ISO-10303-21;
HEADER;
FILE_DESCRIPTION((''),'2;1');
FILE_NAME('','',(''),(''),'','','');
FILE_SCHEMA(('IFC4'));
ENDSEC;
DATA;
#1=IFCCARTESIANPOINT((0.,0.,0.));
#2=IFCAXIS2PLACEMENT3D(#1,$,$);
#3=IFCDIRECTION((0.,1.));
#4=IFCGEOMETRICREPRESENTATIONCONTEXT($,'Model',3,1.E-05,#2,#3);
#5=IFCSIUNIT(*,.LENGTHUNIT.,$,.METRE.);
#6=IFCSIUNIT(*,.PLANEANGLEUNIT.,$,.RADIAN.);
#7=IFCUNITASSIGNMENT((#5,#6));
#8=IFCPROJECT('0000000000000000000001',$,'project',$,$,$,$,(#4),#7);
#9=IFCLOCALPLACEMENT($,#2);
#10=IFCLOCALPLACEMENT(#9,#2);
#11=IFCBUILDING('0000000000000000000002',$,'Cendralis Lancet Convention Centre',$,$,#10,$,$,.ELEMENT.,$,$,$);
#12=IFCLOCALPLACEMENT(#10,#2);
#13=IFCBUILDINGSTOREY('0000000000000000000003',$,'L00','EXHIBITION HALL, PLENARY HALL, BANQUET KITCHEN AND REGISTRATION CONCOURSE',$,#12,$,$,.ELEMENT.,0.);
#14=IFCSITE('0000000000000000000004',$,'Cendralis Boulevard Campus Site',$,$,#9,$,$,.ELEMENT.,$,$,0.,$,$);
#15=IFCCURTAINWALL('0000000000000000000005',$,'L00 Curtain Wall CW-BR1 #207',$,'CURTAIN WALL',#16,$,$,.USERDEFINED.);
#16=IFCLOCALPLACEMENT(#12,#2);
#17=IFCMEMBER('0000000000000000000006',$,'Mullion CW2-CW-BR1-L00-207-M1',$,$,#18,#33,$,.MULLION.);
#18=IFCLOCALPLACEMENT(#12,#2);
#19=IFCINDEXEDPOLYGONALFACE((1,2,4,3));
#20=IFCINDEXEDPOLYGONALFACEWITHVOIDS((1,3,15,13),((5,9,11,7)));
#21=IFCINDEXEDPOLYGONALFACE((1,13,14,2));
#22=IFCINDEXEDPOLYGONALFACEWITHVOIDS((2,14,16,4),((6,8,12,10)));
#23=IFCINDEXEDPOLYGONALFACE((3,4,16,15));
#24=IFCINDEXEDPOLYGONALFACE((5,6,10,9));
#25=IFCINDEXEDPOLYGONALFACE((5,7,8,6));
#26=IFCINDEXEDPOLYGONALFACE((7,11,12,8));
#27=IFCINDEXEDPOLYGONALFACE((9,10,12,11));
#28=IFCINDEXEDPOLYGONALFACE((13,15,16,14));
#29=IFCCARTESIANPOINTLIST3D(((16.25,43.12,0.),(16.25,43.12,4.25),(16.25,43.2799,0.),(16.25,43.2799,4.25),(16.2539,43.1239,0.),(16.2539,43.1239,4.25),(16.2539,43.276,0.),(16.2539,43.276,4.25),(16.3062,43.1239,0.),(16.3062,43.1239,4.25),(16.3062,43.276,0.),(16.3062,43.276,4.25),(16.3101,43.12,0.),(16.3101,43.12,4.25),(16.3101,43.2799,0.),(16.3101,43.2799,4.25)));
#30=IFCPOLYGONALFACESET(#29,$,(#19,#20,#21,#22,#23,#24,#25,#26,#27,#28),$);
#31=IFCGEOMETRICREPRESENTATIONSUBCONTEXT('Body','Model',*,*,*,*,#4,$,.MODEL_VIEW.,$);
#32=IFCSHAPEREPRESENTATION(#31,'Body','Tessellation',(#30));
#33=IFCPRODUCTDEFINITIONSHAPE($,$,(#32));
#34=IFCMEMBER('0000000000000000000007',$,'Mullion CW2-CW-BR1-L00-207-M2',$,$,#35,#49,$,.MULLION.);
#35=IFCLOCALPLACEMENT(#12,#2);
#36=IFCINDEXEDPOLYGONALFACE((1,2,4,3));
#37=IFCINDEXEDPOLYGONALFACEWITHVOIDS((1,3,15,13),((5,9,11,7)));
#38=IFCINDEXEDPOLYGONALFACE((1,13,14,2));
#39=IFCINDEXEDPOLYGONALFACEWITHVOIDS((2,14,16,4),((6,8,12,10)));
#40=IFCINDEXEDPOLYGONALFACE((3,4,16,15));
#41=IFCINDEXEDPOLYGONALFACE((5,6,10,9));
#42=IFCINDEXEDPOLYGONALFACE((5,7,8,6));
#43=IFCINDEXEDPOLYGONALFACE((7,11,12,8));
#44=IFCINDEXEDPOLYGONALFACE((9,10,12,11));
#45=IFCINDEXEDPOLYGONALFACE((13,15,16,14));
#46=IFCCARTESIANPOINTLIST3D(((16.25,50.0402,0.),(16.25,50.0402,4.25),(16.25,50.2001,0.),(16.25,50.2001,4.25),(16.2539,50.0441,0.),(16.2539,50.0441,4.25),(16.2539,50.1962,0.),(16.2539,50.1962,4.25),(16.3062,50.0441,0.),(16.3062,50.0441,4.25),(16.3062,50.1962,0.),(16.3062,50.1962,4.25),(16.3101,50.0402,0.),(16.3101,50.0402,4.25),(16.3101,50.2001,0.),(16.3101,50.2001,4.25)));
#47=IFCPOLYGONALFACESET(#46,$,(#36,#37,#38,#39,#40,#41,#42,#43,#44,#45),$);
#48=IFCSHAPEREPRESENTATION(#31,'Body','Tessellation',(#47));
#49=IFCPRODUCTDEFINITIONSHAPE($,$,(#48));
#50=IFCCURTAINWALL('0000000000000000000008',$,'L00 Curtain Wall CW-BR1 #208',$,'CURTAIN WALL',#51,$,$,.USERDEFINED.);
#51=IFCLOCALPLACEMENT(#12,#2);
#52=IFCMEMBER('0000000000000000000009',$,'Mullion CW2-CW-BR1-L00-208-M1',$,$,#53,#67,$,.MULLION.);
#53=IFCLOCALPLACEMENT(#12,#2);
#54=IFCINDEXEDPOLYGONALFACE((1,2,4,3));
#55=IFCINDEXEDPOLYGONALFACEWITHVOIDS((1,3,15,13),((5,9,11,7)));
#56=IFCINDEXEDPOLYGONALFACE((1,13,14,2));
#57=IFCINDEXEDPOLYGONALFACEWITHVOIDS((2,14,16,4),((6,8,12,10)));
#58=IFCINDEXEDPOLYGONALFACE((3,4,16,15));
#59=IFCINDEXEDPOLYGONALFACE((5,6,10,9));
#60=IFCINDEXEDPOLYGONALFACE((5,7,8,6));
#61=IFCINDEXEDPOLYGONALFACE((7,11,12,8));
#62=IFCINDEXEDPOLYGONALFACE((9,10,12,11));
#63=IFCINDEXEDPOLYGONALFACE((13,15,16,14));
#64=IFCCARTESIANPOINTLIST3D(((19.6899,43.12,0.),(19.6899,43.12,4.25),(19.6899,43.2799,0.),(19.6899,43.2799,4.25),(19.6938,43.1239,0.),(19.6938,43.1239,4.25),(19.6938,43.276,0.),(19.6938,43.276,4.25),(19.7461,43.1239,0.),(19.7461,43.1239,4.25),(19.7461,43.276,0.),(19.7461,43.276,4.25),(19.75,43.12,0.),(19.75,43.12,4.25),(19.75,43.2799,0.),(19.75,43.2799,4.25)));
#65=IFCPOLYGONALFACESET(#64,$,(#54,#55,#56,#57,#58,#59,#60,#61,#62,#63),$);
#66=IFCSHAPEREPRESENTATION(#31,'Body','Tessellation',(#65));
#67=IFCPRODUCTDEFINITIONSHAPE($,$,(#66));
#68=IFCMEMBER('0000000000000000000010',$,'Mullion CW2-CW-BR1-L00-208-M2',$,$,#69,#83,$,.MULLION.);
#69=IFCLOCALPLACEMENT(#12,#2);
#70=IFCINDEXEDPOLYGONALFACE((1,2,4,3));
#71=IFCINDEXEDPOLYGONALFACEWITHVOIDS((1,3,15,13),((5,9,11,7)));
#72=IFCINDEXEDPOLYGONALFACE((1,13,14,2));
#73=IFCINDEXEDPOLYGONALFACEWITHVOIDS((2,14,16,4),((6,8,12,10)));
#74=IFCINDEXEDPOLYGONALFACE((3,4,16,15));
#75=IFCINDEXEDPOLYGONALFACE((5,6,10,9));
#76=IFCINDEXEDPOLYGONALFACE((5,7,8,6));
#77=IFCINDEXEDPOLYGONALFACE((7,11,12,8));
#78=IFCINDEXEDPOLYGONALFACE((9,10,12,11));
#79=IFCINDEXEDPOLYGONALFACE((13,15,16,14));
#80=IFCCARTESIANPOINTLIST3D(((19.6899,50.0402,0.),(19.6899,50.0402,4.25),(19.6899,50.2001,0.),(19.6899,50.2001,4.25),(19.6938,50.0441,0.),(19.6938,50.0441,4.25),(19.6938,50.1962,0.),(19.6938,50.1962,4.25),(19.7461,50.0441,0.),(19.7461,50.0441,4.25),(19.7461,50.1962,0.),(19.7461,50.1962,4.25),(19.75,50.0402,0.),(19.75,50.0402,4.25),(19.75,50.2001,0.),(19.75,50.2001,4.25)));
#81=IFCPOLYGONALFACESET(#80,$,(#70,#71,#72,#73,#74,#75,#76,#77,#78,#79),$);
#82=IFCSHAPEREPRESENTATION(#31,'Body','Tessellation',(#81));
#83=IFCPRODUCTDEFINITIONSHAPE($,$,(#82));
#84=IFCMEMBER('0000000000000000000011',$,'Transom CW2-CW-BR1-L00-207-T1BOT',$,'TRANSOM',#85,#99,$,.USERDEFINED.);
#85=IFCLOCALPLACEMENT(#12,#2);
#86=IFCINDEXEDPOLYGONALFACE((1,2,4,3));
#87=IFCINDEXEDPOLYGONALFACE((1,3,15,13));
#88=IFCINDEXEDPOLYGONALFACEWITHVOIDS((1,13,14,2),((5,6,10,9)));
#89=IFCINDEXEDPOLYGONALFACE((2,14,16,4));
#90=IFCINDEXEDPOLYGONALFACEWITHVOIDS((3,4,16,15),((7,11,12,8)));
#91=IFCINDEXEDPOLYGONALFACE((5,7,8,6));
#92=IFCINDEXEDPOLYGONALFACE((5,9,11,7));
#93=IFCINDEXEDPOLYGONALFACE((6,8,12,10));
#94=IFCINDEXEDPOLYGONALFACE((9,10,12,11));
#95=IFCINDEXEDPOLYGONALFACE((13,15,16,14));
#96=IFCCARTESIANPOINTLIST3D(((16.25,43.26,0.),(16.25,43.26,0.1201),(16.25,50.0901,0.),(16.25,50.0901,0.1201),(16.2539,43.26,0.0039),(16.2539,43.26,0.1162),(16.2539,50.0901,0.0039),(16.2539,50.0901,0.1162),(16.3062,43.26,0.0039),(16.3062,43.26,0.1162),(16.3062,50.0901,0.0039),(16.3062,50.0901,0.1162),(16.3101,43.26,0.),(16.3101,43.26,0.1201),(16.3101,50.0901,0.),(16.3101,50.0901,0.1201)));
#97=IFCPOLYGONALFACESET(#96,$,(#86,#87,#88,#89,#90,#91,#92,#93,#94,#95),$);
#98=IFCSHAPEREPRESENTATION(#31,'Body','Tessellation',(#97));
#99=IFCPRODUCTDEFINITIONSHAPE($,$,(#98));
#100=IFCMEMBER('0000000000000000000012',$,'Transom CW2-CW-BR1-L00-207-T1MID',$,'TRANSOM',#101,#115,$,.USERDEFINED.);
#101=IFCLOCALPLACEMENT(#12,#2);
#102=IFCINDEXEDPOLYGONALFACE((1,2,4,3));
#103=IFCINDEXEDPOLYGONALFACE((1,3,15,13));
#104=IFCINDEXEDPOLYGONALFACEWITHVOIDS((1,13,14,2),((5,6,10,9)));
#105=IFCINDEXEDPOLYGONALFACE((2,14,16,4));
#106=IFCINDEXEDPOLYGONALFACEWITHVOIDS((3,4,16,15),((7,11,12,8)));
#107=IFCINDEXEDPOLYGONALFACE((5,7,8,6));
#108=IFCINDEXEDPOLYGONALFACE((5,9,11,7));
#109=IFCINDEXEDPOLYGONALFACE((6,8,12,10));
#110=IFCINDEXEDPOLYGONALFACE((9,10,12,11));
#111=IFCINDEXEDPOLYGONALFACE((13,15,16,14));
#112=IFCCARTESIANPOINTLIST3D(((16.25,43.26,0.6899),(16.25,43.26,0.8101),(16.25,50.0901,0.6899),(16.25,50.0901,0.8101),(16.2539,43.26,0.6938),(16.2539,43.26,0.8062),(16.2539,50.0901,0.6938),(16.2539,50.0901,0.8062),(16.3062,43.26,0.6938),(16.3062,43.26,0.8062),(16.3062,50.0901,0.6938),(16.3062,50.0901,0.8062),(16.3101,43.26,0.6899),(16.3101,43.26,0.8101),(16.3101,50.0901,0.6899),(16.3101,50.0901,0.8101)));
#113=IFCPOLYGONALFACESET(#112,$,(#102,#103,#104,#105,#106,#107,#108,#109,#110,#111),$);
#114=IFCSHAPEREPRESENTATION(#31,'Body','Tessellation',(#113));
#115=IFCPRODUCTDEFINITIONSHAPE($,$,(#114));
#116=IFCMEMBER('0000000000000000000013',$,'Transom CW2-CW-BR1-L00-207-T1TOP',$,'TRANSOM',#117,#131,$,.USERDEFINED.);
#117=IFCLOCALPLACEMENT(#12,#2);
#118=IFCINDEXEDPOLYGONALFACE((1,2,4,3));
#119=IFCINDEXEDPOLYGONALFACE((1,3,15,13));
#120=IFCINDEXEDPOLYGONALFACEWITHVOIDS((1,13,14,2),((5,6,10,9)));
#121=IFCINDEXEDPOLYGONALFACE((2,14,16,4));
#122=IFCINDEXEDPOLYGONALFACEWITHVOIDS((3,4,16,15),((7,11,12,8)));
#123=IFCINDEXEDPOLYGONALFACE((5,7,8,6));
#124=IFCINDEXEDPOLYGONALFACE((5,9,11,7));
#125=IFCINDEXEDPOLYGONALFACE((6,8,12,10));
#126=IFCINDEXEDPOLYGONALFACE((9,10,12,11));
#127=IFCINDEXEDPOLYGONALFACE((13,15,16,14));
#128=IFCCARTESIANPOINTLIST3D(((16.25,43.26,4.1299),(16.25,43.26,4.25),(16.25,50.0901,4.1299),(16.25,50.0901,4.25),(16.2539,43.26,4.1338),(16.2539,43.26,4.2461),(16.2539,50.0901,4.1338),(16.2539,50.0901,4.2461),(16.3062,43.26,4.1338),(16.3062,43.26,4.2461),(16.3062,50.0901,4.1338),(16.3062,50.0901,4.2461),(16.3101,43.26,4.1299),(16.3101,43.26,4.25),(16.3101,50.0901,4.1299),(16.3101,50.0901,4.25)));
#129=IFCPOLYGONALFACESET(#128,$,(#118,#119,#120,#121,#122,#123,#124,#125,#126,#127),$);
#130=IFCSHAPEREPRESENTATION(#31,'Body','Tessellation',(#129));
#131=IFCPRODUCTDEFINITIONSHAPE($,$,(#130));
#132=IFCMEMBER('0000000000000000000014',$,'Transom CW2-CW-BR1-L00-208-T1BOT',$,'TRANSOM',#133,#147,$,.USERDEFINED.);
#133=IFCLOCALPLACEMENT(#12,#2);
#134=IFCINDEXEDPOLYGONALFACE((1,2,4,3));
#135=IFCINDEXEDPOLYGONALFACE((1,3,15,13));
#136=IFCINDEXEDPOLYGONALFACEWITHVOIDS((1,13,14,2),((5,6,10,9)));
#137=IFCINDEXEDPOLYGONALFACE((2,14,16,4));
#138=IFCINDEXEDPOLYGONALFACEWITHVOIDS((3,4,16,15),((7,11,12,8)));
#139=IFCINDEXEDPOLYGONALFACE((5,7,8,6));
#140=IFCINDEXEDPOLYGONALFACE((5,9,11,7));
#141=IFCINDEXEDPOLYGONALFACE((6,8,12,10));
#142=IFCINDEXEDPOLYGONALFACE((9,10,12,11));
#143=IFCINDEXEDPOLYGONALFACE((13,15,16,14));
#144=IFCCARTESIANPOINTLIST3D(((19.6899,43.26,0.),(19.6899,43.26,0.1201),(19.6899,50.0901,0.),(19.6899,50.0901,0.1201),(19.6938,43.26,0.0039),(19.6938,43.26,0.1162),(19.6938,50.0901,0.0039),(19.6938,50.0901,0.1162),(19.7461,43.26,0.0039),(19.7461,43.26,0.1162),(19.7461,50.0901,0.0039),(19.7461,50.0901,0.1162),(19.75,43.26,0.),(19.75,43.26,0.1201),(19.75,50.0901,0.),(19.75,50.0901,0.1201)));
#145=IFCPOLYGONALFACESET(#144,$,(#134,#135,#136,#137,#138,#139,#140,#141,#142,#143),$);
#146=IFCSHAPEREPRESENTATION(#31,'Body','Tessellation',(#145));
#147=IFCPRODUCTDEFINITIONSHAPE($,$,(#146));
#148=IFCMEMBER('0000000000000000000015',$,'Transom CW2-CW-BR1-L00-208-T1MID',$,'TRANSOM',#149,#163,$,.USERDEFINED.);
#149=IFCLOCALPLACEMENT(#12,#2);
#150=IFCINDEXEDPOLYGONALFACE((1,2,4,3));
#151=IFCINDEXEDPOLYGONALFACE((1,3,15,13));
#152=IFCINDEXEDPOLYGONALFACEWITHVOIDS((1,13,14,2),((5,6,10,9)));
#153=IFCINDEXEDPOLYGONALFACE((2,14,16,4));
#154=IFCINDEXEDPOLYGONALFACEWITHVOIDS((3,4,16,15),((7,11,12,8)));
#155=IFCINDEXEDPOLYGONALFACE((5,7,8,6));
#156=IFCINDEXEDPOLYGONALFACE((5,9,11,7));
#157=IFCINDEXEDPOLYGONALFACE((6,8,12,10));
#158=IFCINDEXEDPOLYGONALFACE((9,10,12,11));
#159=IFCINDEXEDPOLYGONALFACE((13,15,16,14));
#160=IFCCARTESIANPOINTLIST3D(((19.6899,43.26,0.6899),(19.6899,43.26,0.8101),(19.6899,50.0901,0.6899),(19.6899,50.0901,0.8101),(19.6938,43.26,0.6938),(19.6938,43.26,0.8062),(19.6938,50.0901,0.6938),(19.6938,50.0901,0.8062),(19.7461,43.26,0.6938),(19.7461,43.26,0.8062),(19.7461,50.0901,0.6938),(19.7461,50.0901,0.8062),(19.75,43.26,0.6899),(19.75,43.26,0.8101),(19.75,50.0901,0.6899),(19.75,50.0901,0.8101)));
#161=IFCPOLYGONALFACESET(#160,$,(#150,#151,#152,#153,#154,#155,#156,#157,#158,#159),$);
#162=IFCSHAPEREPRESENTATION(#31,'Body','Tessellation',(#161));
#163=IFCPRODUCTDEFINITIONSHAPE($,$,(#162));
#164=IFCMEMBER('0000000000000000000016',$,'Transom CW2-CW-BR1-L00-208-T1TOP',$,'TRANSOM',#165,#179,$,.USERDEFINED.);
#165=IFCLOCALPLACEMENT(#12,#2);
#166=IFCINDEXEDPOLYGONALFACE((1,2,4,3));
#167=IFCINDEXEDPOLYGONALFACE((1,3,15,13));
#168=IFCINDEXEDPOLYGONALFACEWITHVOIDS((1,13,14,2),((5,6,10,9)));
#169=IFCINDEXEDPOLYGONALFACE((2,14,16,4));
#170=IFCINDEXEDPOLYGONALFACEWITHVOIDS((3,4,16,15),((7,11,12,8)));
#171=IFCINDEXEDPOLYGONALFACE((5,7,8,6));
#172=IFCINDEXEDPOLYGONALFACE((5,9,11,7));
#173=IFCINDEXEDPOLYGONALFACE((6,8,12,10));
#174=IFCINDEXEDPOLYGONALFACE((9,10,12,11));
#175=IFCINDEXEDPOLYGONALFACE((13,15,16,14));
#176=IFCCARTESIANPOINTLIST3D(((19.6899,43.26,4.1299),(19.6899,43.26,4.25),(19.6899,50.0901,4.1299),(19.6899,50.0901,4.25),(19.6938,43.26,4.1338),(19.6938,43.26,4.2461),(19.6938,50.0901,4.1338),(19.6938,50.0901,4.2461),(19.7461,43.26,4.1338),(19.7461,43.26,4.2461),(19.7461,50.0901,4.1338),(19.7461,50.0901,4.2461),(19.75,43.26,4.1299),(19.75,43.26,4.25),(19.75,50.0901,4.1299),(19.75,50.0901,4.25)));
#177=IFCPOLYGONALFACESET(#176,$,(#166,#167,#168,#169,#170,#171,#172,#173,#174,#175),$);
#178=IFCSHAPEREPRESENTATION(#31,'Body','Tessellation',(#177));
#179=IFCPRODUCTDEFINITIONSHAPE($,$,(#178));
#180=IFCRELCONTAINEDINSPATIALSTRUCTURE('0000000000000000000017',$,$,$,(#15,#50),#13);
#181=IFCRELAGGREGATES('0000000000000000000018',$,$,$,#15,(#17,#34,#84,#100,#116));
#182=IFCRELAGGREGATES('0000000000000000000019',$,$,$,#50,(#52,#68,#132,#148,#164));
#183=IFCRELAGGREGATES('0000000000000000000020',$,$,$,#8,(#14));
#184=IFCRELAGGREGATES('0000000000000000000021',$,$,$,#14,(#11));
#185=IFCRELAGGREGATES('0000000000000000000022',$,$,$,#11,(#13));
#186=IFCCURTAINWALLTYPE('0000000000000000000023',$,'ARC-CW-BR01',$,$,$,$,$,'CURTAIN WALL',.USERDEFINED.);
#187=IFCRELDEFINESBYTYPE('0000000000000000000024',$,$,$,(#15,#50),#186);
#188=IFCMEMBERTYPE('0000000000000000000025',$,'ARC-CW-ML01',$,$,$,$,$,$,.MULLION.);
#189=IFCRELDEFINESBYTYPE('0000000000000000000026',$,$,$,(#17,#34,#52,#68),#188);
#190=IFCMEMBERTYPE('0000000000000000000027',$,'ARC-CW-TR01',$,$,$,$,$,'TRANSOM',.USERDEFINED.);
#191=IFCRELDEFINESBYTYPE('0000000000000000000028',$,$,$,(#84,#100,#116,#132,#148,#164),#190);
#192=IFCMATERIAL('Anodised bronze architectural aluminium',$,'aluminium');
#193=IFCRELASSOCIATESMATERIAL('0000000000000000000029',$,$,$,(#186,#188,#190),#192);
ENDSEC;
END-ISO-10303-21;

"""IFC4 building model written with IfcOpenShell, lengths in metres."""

from ifc_helpers import new_model, si_unit, direction, frame, origin, origin_2d, place, context, subcontext, project, spatial, hollow_rectangle, extrude, material, material_profile, profile_set, type_object, element, aggregate, save


model = new_model("IFC4")

# Units and contexts
model_context = context("Model", 3, precision=1e-05, world=origin(), true_north=direction((0.0, 1.0)))
body_context = subcontext(model_context, "Body", "Model", "MODEL_VIEW")
ifc_project = project(units=[si_unit("LENGTHUNIT", "METRE"), si_unit("PLANEANGLEUNIT", "RADIAN")], contexts=[model_context])

# Site, building, storey
site_placement = place(None, origin())
site = spatial("IfcSite", under=ifc_project, at=site_placement, Name="Cendralis Boulevard Campus Site", CompositionType="ELEMENT", RefElevation=0.0)
building_placement = place(site_placement, origin())
building = spatial("IfcBuilding", under=site, at=building_placement, Name="Cendralis Lancet Convention Centre", CompositionType="ELEMENT")
storey_placement = place(building_placement, origin())
storey = spatial("IfcBuildingStorey", under=building, at=storey_placement, Name="L00", Description="EXHIBITION HALL, PLENARY HALL, BANQUET KITCHEN AND REGISTRATION CONCOURSE", CompositionType="ELEMENT", Elevation=0.0)

# Curtain walls, members
ifc_material_1 = material(Name="Anodised bronze architectural aluminium", Category="aluminium")
curtain_wall_type = type_object("IfcCurtainWallType", Name="ARC-CW-BR01", ElementType="CURTAIN WALL", PredefinedType="USERDEFINED", material=ifc_material_1)
curtain_wall_1_placement = place(storey_placement, origin())
curtain_wall_1 = element("IfcCurtainWall", 1, at=curtain_wall_1_placement, inside=storey, type_object=curtain_wall_type, Name="L00 Curtain Wall CW-BR1 #207", ObjectType="CURTAIN WALL", PredefinedType="USERDEFINED")
ifc_material_profile_1 = material_profile(ifc_material_1, hollow_rectangle(XDim=0.0601, YDim=0.1599, WallThickness=0.0039, at=origin_2d()), Name="AL-MULL 60x160x4.0")
ifc_profile_set_1 = profile_set([ifc_material_profile_1], Name="Anodised bronze architectural aluminium")
member_type_1 = type_object("IfcMemberType", Name="ARC-CW-ML01", PredefinedType="MULLION", material=ifc_profile_set_1)
member_1_placement = place(storey_placement, frame((16.28, 43.2, 0.0), z_axis=(0.0, 0.0, 1.0), x_axis=(1.0, 0.0, 0.0)))
member_1 = element("IfcMember", 2, at=member_1_placement, type_object=member_type_1, Name="Mullion CW2-CW-BR1-L00-207-M1", PredefinedType="MULLION", context=body_context, shape_type="SweptSolid", body=[
    extrude(hollow_rectangle(XDim=0.0601, YDim=0.1599, WallThickness=0.0039, at=origin_2d()), origin(), (0.0, 0.0, 1.0), 4.25),
])
member_2_placement = place(storey_placement, frame((16.28, 50.1201, 0.0), z_axis=(0.0, 0.0, 1.0), x_axis=(1.0, 0.0, 0.0)))
member_2 = element("IfcMember", 3, at=member_2_placement, type_object=member_type_1, Name="Mullion CW2-CW-BR1-L00-207-M2", PredefinedType="MULLION", context=body_context, shape_type="SweptSolid", body=[
    extrude(hollow_rectangle(XDim=0.0601, YDim=0.1599, WallThickness=0.0039, at=origin_2d()), origin(), (0.0, 0.0, 1.0), 4.25),
])
curtain_wall_2_placement = place(storey_placement, origin())
curtain_wall_2 = element("IfcCurtainWall", 4, at=curtain_wall_2_placement, inside=storey, type_object=curtain_wall_type, Name="L00 Curtain Wall CW-BR1 #208", ObjectType="CURTAIN WALL", PredefinedType="USERDEFINED")
member_3_placement = place(storey_placement, frame((19.72, 43.2, 0.0), z_axis=(0.0, 0.0, 1.0), x_axis=(1.0, 0.0, 0.0)))
member_3 = element("IfcMember", 5, at=member_3_placement, type_object=member_type_1, Name="Mullion CW2-CW-BR1-L00-208-M1", PredefinedType="MULLION", context=body_context, shape_type="SweptSolid", body=[
    extrude(hollow_rectangle(XDim=0.0601, YDim=0.1599, WallThickness=0.0039, at=origin_2d()), origin(), (0.0, 0.0, 1.0), 4.25),
])
member_4_placement = place(storey_placement, frame((19.72, 50.1201, 0.0), z_axis=(0.0, 0.0, 1.0), x_axis=(1.0, 0.0, 0.0)))
member_4 = element("IfcMember", 6, at=member_4_placement, type_object=member_type_1, Name="Mullion CW2-CW-BR1-L00-208-M2", PredefinedType="MULLION", context=body_context, shape_type="SweptSolid", body=[
    extrude(hollow_rectangle(XDim=0.0601, YDim=0.1599, WallThickness=0.0039, at=origin_2d()), origin(), (0.0, 0.0, 1.0), 4.25),
])

# Members
ifc_material_profile_2 = material_profile(ifc_material_1, hollow_rectangle(XDim=0.0601, YDim=0.1201, WallThickness=0.0039, at=origin_2d()), Name="AL-TRAN 60x120x4.0")
ifc_profile_set_2 = profile_set([ifc_material_profile_2], Name="Anodised bronze architectural aluminium")
member_type_2 = type_object("IfcMemberType", Name="ARC-CW-TR01", ElementType="TRANSOM", PredefinedType="USERDEFINED", material=ifc_profile_set_2)
member_5_placement = place(storey_placement, frame((16.28, 43.26, 0.0601), z_axis=(0.0, 1.0, 0.0), x_axis=(-1.0, 0.0, 0.0)))
member_5 = element("IfcMember", 7, at=member_5_placement, type_object=member_type_2, Name="Transom CW2-CW-BR1-L00-207-T1BOT", ObjectType="TRANSOM", PredefinedType="USERDEFINED", context=body_context, shape_type="SweptSolid", body=[
    extrude(hollow_rectangle(XDim=0.0601, YDim=0.1201, WallThickness=0.0039, at=origin_2d()), origin(), (0.0, 0.0, 1.0), 6.8301),
])
member_6_placement = place(storey_placement, frame((16.28, 43.26, 0.75), z_axis=(0.0, 1.0, 0.0), x_axis=(-1.0, 0.0, 0.0)))
member_6 = element("IfcMember", 8, at=member_6_placement, type_object=member_type_2, Name="Transom CW2-CW-BR1-L00-207-T1MID", ObjectType="TRANSOM", PredefinedType="USERDEFINED", context=body_context, shape_type="SweptSolid", body=[
    extrude(hollow_rectangle(XDim=0.0601, YDim=0.1201, WallThickness=0.0039, at=origin_2d()), origin(), (0.0, 0.0, 1.0), 6.8301),
])
member_7_placement = place(storey_placement, frame((16.28, 43.26, 4.1899), z_axis=(0.0, 1.0, 0.0), x_axis=(-1.0, 0.0, 0.0)))
member_7 = element("IfcMember", 9, at=member_7_placement, type_object=member_type_2, Name="Transom CW2-CW-BR1-L00-207-T1TOP", ObjectType="TRANSOM", PredefinedType="USERDEFINED", context=body_context, shape_type="SweptSolid", body=[
    extrude(hollow_rectangle(XDim=0.0601, YDim=0.1201, WallThickness=0.0039, at=origin_2d()), origin(), (0.0, 0.0, 1.0), 6.8301),
])
member_8_placement = place(storey_placement, frame((19.72, 43.26, 0.0601), z_axis=(0.0, 1.0, 0.0), x_axis=(-1.0, 0.0, 0.0)))
member_8 = element("IfcMember", 10, at=member_8_placement, type_object=member_type_2, Name="Transom CW2-CW-BR1-L00-208-T1BOT", ObjectType="TRANSOM", PredefinedType="USERDEFINED", context=body_context, shape_type="SweptSolid", body=[
    extrude(hollow_rectangle(XDim=0.0601, YDim=0.1201, WallThickness=0.0039, at=origin_2d()), origin(), (0.0, 0.0, 1.0), 6.8301),
])
member_9_placement = place(storey_placement, frame((19.72, 43.26, 0.75), z_axis=(0.0, 1.0, 0.0), x_axis=(-1.0, 0.0, 0.0)))
member_9 = element("IfcMember", 11, at=member_9_placement, type_object=member_type_2, Name="Transom CW2-CW-BR1-L00-208-T1MID", ObjectType="TRANSOM", PredefinedType="USERDEFINED", context=body_context, shape_type="SweptSolid", body=[
    extrude(hollow_rectangle(XDim=0.0601, YDim=0.1201, WallThickness=0.0039, at=origin_2d()), origin(), (0.0, 0.0, 1.0), 6.8301),
])
member_10_placement = place(storey_placement, frame((19.72, 43.26, 4.1899), z_axis=(0.0, 1.0, 0.0), x_axis=(-1.0, 0.0, 0.0)))
member_10 = element("IfcMember", 12, at=member_10_placement, type_object=member_type_2, Name="Transom CW2-CW-BR1-L00-208-T1TOP", ObjectType="TRANSOM", PredefinedType="USERDEFINED", context=body_context, shape_type="SweptSolid", body=[
    extrude(hollow_rectangle(XDim=0.0601, YDim=0.1201, WallThickness=0.0039, at=origin_2d()), origin(), (0.0, 0.0, 1.0), 6.8301),
])

aggregate(curtain_wall_1, [member_1, member_2, member_5, member_6, member_7])
aggregate(curtain_wall_2, [member_3, member_4, member_8, member_9, member_10])

save(model, "model.ifc")
